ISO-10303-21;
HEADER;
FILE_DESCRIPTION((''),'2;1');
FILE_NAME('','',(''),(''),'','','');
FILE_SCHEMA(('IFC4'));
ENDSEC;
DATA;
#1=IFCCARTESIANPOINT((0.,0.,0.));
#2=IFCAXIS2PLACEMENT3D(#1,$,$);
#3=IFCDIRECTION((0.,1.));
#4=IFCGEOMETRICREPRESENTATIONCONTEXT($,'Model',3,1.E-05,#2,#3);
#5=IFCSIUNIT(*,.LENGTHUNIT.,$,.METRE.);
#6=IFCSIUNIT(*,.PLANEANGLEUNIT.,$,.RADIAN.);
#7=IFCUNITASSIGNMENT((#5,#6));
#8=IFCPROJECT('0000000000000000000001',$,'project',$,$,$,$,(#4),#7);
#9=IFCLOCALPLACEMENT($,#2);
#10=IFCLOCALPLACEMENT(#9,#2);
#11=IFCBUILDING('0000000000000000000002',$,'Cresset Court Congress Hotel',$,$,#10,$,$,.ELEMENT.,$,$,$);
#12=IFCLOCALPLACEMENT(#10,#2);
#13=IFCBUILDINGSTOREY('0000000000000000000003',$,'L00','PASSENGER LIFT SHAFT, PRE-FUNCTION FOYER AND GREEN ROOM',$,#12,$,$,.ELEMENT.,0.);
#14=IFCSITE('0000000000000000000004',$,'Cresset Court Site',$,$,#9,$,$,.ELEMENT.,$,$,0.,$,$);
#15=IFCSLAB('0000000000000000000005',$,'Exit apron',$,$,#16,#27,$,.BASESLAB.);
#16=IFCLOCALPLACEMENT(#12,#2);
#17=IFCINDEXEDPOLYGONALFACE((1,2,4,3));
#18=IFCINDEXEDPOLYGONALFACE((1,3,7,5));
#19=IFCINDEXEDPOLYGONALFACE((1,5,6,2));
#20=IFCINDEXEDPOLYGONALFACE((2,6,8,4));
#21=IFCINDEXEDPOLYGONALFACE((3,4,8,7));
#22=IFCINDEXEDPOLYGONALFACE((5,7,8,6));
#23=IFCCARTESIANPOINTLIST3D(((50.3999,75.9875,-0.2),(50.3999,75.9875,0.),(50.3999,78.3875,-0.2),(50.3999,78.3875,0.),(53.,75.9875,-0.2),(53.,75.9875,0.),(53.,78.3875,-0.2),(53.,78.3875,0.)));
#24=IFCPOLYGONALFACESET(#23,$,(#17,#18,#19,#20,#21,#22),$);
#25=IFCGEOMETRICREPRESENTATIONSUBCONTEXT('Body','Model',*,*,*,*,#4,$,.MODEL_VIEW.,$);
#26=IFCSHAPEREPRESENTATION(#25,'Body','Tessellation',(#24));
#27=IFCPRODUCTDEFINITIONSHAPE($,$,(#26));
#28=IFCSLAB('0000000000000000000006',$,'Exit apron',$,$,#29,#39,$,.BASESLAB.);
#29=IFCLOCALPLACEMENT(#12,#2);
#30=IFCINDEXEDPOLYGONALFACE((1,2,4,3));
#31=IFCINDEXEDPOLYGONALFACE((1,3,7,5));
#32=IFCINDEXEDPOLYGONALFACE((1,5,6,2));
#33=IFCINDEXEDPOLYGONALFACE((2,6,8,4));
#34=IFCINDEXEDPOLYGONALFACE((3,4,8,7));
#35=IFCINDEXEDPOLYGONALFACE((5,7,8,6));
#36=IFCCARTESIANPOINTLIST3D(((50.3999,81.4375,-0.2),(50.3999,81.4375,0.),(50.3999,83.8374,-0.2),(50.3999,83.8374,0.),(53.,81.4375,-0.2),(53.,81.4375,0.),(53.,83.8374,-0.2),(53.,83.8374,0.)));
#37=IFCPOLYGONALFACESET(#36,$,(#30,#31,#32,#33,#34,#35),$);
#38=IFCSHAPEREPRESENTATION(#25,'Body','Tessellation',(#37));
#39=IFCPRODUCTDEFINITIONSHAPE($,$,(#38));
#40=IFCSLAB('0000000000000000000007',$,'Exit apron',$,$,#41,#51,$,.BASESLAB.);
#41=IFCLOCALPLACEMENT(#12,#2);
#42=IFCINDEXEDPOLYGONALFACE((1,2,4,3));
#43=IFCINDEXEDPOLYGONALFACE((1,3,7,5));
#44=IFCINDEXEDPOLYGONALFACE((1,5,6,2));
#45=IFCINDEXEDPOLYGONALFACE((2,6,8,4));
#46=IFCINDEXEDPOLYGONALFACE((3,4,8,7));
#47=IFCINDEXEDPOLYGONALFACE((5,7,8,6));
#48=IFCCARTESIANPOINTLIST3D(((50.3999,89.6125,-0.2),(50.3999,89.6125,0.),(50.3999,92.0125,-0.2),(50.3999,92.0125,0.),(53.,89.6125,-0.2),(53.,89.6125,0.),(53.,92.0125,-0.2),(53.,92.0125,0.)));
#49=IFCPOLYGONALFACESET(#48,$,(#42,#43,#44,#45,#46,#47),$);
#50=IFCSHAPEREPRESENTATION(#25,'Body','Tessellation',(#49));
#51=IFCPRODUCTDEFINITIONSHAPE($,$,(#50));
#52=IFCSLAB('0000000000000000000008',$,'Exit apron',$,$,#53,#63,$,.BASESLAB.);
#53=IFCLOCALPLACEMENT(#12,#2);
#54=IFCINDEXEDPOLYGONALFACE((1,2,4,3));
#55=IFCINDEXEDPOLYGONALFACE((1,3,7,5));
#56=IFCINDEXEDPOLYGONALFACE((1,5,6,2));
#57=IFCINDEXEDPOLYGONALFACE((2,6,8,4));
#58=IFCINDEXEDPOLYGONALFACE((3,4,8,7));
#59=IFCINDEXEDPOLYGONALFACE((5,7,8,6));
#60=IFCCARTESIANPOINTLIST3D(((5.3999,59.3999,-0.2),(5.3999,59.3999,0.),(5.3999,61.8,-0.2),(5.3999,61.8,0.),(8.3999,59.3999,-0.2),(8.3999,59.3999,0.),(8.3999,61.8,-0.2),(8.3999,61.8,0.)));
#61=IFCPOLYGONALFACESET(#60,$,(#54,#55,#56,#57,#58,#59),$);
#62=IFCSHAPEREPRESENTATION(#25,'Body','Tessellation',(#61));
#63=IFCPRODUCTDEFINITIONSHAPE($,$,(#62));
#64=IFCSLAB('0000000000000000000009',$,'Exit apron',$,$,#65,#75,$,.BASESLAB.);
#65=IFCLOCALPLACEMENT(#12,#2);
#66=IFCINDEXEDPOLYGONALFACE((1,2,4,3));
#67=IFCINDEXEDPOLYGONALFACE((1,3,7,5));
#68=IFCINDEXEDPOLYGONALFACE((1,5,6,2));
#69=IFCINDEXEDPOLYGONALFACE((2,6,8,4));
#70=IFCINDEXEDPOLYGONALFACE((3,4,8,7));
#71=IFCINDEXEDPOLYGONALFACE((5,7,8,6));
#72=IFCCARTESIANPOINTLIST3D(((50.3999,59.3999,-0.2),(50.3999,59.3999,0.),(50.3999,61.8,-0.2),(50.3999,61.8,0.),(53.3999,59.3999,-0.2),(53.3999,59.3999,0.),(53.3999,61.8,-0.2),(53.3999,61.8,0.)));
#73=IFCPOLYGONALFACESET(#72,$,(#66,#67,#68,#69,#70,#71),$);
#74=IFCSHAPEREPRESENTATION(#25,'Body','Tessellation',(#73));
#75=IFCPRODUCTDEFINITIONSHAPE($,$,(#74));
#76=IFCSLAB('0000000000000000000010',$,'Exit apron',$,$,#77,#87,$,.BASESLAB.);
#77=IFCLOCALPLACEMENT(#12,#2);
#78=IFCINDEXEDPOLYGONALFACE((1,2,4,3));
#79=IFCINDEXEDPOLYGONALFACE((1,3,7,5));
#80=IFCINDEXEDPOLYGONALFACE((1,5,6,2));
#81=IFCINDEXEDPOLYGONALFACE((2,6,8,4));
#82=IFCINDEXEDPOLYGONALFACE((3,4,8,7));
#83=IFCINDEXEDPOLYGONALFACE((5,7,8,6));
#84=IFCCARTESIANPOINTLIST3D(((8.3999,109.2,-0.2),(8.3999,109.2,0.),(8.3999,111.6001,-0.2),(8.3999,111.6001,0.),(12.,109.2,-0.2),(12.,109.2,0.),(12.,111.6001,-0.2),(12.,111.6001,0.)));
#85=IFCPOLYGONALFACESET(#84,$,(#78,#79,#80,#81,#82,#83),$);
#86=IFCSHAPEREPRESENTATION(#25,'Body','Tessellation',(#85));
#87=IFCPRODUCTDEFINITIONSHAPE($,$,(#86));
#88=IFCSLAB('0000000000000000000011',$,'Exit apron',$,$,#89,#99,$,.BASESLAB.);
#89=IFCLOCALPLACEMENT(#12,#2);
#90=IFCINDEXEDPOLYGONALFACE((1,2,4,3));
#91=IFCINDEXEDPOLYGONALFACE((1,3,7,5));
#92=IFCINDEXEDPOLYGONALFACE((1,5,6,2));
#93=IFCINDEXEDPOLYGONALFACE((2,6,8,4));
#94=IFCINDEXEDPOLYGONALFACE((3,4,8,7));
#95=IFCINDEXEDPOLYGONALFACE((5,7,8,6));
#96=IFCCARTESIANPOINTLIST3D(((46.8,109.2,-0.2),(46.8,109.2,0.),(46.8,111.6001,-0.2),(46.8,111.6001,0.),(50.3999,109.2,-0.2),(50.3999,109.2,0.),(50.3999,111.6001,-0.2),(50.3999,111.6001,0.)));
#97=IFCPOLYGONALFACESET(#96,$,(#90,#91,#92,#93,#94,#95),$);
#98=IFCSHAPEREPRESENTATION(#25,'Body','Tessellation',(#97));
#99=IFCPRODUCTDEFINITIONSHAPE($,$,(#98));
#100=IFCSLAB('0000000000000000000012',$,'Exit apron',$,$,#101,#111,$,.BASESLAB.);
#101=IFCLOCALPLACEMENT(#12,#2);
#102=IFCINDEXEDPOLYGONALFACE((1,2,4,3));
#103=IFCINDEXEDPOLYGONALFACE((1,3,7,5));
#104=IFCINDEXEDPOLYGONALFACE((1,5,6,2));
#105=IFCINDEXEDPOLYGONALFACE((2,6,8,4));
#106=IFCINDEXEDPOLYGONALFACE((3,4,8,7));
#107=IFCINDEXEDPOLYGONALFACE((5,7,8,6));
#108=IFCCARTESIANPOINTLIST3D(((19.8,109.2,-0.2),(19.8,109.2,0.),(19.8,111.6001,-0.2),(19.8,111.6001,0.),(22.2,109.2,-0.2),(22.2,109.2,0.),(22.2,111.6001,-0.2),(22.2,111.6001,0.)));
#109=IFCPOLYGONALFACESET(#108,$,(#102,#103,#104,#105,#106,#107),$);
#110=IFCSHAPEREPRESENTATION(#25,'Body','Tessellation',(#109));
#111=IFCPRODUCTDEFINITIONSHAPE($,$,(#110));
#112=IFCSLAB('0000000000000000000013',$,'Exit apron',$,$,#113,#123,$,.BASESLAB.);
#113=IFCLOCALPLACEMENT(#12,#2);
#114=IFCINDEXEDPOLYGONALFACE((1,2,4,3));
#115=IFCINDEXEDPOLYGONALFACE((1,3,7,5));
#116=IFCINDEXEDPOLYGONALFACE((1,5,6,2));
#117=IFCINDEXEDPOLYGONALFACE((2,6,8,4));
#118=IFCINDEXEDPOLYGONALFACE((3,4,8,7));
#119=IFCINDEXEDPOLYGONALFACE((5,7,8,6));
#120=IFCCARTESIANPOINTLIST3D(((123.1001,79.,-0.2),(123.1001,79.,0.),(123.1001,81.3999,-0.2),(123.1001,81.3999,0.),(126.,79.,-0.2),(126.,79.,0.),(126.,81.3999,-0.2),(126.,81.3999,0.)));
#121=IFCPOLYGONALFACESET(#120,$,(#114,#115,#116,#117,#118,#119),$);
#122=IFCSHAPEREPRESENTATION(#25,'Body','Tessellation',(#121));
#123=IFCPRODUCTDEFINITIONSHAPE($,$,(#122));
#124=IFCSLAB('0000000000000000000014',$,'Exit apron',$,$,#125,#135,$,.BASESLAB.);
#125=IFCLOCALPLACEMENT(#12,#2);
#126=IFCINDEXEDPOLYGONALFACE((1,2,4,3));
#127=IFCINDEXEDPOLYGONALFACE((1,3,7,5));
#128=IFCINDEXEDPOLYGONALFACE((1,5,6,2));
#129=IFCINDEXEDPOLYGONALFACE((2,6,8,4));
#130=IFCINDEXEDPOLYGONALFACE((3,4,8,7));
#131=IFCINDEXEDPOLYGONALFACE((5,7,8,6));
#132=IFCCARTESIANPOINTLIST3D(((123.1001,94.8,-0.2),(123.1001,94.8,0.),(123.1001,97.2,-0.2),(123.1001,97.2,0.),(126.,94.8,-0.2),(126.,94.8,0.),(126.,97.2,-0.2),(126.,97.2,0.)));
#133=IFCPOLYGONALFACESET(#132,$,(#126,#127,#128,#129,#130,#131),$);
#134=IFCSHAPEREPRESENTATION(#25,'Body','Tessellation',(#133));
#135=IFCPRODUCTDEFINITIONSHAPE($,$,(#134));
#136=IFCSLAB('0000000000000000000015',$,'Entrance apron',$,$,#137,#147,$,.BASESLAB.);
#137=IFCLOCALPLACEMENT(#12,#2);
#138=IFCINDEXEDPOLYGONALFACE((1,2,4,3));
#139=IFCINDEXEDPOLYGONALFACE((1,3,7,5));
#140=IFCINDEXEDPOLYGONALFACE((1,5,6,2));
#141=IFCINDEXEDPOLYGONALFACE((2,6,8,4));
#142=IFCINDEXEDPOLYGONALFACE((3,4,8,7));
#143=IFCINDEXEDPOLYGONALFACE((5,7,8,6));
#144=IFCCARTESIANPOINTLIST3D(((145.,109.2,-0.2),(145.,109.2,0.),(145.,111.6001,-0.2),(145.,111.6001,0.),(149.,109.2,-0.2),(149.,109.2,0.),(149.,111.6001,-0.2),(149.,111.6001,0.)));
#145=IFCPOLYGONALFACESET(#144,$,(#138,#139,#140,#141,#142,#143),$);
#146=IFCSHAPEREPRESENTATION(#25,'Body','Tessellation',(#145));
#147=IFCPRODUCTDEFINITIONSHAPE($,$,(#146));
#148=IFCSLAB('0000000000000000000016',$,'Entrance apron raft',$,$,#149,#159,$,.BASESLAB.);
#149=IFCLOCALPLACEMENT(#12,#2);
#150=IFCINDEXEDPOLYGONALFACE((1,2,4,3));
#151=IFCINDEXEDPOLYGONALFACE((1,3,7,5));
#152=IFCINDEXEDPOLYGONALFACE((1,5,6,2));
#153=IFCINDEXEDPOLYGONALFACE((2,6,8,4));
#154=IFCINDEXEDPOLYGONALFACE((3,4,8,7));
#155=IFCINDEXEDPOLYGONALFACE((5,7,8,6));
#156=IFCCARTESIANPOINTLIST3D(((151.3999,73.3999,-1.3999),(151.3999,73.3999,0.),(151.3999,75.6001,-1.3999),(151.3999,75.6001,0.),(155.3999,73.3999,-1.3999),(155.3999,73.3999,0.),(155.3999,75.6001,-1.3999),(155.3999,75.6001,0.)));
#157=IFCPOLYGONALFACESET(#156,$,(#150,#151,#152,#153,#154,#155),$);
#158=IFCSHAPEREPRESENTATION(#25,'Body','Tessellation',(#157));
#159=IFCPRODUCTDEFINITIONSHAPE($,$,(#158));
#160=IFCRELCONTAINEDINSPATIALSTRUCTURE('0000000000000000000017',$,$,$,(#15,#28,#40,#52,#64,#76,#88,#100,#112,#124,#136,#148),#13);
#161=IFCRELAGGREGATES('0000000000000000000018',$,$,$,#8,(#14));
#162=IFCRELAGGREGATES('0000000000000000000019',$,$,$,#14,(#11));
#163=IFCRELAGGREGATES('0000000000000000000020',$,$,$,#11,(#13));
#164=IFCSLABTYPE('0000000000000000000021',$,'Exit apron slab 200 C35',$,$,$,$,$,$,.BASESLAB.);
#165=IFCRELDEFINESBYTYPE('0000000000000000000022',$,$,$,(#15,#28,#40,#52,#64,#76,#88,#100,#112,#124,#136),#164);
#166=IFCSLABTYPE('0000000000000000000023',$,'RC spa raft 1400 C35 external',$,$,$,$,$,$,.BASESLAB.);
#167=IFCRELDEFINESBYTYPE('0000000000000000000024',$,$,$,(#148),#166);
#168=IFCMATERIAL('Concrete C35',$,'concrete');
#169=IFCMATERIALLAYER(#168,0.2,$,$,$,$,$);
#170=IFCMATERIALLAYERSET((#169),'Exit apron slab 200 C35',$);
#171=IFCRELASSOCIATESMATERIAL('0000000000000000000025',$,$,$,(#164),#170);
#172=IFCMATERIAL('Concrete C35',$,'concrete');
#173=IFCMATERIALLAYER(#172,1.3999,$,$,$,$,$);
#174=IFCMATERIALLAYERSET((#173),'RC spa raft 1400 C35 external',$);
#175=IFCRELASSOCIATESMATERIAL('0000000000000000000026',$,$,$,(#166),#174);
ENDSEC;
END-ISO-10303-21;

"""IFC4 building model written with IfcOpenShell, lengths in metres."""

from ifc_helpers import new_model, si_unit, direction, frame, origin, place, context, subcontext, project, spatial, polyline, outline, extrude, material, layer, layer_set, type_object, element, save


model = new_model("IFC4")

# Units and contexts
model_context = context("Model", 3, precision=1e-05, world=origin(), true_north=direction((0.0, 1.0)))
body_context = subcontext(model_context, "Body", "Model", "MODEL_VIEW")
ifc_project = project(units=[si_unit("LENGTHUNIT", "METRE"), si_unit("PLANEANGLEUNIT", "RADIAN")], contexts=[model_context])

# Site, building, storey
site_placement = place(None, origin())
site = spatial("IfcSite", under=ifc_project, at=site_placement, Name="Cresset Court Site", CompositionType="ELEMENT", RefElevation=0.0)
building_placement = place(site_placement, origin())
building = spatial("IfcBuilding", under=site, at=building_placement, Name="Cresset Court Congress Hotel", CompositionType="ELEMENT")
storey_placement = place(building_placement, origin())
storey = spatial("IfcBuildingStorey", under=building, at=storey_placement, Name="L00", Description="PASSENGER LIFT SHAFT, PRE-FUNCTION FOYER AND GREEN ROOM", CompositionType="ELEMENT", Elevation=0.0)

# Slabs
ifc_material_1 = material(Name="Concrete C35", Category="concrete")
ifc_layer_1 = layer(ifc_material_1, 0.2)
ifc_layer_set_1 = layer_set([ifc_layer_1], Name="Exit apron slab 200 C35")
slab_type_1 = type_object("IfcSlabType", Name="Exit apron slab 200 C35", PredefinedType="BASESLAB", material=ifc_layer_set_1)
slab_1_placement = place(storey_placement, frame((0.0, 0.0, -0.2)))
element("IfcSlab", 1, at=slab_1_placement, inside=storey, type_object=slab_type_1, Name="Exit apron", PredefinedType="BASESLAB", context=body_context, shape_type="SweptSolid", body=[
    extrude(outline(polyline([(50.3999, 75.9875), (53.0, 75.9875), (53.0, 78.3875), (50.3999, 78.3875), (50.3999, 75.9875)])), origin(), (0.0, 0.0, 1.0), 0.2),
])
slab_2_placement = place(storey_placement, frame((0.0, 0.0, -0.2)))
element("IfcSlab", 2, at=slab_2_placement, inside=storey, type_object=slab_type_1, Name="Exit apron", PredefinedType="BASESLAB", context=body_context, shape_type="SweptSolid", body=[
    extrude(outline(polyline([(50.3999, 81.4375), (53.0, 81.4375), (53.0, 83.8374), (50.3999, 83.8374), (50.3999, 81.4375)])), origin(), (0.0, 0.0, 1.0), 0.2),
])
slab_3_placement = place(storey_placement, frame((0.0, 0.0, -0.2)))
element("IfcSlab", 3, at=slab_3_placement, inside=storey, type_object=slab_type_1, Name="Exit apron", PredefinedType="BASESLAB", context=body_context, shape_type="SweptSolid", body=[
    extrude(outline(polyline([(50.3999, 89.6125), (53.0, 89.6125), (53.0, 92.0125), (50.3999, 92.0125), (50.3999, 89.6125)])), origin(), (0.0, 0.0, 1.0), 0.2),
])
slab_4_placement = place(storey_placement, frame((0.0, 0.0, -0.2)))
element("IfcSlab", 4, at=slab_4_placement, inside=storey, type_object=slab_type_1, Name="Exit apron", PredefinedType="BASESLAB", context=body_context, shape_type="SweptSolid", body=[
    extrude(outline(polyline([(5.3999, 59.3999), (8.3999, 59.3999), (8.3999, 61.8), (5.3999, 61.8), (5.3999, 59.3999)])), origin(), (0.0, 0.0, 1.0), 0.2),
])
slab_5_placement = place(storey_placement, frame((0.0, 0.0, -0.2)))
element("IfcSlab", 5, at=slab_5_placement, inside=storey, type_object=slab_type_1, Name="Exit apron", PredefinedType="BASESLAB", context=body_context, shape_type="SweptSolid", body=[
    extrude(outline(polyline([(50.3999, 59.3999), (53.3999, 59.3999), (53.3999, 61.8), (50.3999, 61.8), (50.3999, 59.3999)])), origin(), (0.0, 0.0, 1.0), 0.2),
])
slab_6_placement = place(storey_placement, frame((0.0, 0.0, -0.2)))
element("IfcSlab", 6, at=slab_6_placement, inside=storey, type_object=slab_type_1, Name="Exit apron", PredefinedType="BASESLAB", context=body_context, shape_type="SweptSolid", body=[
    extrude(outline(polyline([(8.3999, 109.2), (12.0, 109.2), (12.0, 111.6001), (8.3999, 111.6001), (8.3999, 109.2)])), origin(), (0.0, 0.0, 1.0), 0.2),
])
slab_7_placement = place(storey_placement, frame((0.0, 0.0, -0.2)))
element("IfcSlab", 7, at=slab_7_placement, inside=storey, type_object=slab_type_1, Name="Exit apron", PredefinedType="BASESLAB", context=body_context, shape_type="SweptSolid", body=[
    extrude(outline(polyline([(46.8, 109.2), (50.3999, 109.2), (50.3999, 111.6001), (46.8, 111.6001), (46.8, 109.2)])), origin(), (0.0, 0.0, 1.0), 0.2),
])
slab_8_placement = place(storey_placement, frame((0.0, 0.0, -0.2)))
element("IfcSlab", 8, at=slab_8_placement, inside=storey, type_object=slab_type_1, Name="Exit apron", PredefinedType="BASESLAB", context=body_context, shape_type="SweptSolid", body=[
    extrude(outline(polyline([(19.8, 109.2), (22.2, 109.2), (22.2, 111.6001), (19.8, 111.6001), (19.8, 109.2)])), origin(), (0.0, 0.0, 1.0), 0.2),
])
slab_9_placement = place(storey_placement, frame((0.0, 0.0, -0.2)))
element("IfcSlab", 9, at=slab_9_placement, inside=storey, type_object=slab_type_1, Name="Exit apron", PredefinedType="BASESLAB", context=body_context, shape_type="SweptSolid", body=[
    extrude(outline(polyline([(123.1001, 79.0), (126.0, 79.0), (126.0, 81.3999), (123.1001, 81.3999), (123.1001, 79.0)])), origin(), (0.0, 0.0, 1.0), 0.2),
])
slab_10_placement = place(storey_placement, frame((0.0, 0.0, -0.2)))
element("IfcSlab", 10, at=slab_10_placement, inside=storey, type_object=slab_type_1, Name="Exit apron", PredefinedType="BASESLAB", context=body_context, shape_type="SweptSolid", body=[
    extrude(outline(polyline([(123.1001, 94.8), (126.0, 94.8), (126.0, 97.2), (123.1001, 97.2), (123.1001, 94.8)])), origin(), (0.0, 0.0, 1.0), 0.2),
])
slab_11_placement = place(storey_placement, frame((0.0, 0.0, -0.2)))
element("IfcSlab", 11, at=slab_11_placement, inside=storey, type_object=slab_type_1, Name="Entrance apron", PredefinedType="BASESLAB", context=body_context, shape_type="SweptSolid", body=[
    extrude(outline(polyline([(145.0, 109.2), (149.0, 109.2), (149.0, 111.6001), (145.0, 111.6001), (145.0, 109.2)])), origin(), (0.0, 0.0, 1.0), 0.2),
])
ifc_material_2 = material(Name="Concrete C35", Category="concrete")
ifc_layer_2 = layer(ifc_material_2, 1.3999)
ifc_layer_set_2 = layer_set([ifc_layer_2], Name="RC spa raft 1400 C35 external")
slab_type_2 = type_object("IfcSlabType", Name="RC spa raft 1400 C35 external", PredefinedType="BASESLAB", material=ifc_layer_set_2)
slab_12_placement = place(storey_placement, frame((0.0, 0.0, -1.3999)))
element("IfcSlab", 12, at=slab_12_placement, inside=storey, type_object=slab_type_2, Name="Entrance apron raft", PredefinedType="BASESLAB", context=body_context, shape_type="SweptSolid", body=[
    extrude(outline(polyline([(151.3999, 73.3999), (155.3999, 73.3999), (155.3999, 75.6001), (151.3999, 75.6001), (151.3999, 73.3999)])), origin(), (0.0, 0.0, 1.0), 1.3999),
])

save(model, "model.ifc")
